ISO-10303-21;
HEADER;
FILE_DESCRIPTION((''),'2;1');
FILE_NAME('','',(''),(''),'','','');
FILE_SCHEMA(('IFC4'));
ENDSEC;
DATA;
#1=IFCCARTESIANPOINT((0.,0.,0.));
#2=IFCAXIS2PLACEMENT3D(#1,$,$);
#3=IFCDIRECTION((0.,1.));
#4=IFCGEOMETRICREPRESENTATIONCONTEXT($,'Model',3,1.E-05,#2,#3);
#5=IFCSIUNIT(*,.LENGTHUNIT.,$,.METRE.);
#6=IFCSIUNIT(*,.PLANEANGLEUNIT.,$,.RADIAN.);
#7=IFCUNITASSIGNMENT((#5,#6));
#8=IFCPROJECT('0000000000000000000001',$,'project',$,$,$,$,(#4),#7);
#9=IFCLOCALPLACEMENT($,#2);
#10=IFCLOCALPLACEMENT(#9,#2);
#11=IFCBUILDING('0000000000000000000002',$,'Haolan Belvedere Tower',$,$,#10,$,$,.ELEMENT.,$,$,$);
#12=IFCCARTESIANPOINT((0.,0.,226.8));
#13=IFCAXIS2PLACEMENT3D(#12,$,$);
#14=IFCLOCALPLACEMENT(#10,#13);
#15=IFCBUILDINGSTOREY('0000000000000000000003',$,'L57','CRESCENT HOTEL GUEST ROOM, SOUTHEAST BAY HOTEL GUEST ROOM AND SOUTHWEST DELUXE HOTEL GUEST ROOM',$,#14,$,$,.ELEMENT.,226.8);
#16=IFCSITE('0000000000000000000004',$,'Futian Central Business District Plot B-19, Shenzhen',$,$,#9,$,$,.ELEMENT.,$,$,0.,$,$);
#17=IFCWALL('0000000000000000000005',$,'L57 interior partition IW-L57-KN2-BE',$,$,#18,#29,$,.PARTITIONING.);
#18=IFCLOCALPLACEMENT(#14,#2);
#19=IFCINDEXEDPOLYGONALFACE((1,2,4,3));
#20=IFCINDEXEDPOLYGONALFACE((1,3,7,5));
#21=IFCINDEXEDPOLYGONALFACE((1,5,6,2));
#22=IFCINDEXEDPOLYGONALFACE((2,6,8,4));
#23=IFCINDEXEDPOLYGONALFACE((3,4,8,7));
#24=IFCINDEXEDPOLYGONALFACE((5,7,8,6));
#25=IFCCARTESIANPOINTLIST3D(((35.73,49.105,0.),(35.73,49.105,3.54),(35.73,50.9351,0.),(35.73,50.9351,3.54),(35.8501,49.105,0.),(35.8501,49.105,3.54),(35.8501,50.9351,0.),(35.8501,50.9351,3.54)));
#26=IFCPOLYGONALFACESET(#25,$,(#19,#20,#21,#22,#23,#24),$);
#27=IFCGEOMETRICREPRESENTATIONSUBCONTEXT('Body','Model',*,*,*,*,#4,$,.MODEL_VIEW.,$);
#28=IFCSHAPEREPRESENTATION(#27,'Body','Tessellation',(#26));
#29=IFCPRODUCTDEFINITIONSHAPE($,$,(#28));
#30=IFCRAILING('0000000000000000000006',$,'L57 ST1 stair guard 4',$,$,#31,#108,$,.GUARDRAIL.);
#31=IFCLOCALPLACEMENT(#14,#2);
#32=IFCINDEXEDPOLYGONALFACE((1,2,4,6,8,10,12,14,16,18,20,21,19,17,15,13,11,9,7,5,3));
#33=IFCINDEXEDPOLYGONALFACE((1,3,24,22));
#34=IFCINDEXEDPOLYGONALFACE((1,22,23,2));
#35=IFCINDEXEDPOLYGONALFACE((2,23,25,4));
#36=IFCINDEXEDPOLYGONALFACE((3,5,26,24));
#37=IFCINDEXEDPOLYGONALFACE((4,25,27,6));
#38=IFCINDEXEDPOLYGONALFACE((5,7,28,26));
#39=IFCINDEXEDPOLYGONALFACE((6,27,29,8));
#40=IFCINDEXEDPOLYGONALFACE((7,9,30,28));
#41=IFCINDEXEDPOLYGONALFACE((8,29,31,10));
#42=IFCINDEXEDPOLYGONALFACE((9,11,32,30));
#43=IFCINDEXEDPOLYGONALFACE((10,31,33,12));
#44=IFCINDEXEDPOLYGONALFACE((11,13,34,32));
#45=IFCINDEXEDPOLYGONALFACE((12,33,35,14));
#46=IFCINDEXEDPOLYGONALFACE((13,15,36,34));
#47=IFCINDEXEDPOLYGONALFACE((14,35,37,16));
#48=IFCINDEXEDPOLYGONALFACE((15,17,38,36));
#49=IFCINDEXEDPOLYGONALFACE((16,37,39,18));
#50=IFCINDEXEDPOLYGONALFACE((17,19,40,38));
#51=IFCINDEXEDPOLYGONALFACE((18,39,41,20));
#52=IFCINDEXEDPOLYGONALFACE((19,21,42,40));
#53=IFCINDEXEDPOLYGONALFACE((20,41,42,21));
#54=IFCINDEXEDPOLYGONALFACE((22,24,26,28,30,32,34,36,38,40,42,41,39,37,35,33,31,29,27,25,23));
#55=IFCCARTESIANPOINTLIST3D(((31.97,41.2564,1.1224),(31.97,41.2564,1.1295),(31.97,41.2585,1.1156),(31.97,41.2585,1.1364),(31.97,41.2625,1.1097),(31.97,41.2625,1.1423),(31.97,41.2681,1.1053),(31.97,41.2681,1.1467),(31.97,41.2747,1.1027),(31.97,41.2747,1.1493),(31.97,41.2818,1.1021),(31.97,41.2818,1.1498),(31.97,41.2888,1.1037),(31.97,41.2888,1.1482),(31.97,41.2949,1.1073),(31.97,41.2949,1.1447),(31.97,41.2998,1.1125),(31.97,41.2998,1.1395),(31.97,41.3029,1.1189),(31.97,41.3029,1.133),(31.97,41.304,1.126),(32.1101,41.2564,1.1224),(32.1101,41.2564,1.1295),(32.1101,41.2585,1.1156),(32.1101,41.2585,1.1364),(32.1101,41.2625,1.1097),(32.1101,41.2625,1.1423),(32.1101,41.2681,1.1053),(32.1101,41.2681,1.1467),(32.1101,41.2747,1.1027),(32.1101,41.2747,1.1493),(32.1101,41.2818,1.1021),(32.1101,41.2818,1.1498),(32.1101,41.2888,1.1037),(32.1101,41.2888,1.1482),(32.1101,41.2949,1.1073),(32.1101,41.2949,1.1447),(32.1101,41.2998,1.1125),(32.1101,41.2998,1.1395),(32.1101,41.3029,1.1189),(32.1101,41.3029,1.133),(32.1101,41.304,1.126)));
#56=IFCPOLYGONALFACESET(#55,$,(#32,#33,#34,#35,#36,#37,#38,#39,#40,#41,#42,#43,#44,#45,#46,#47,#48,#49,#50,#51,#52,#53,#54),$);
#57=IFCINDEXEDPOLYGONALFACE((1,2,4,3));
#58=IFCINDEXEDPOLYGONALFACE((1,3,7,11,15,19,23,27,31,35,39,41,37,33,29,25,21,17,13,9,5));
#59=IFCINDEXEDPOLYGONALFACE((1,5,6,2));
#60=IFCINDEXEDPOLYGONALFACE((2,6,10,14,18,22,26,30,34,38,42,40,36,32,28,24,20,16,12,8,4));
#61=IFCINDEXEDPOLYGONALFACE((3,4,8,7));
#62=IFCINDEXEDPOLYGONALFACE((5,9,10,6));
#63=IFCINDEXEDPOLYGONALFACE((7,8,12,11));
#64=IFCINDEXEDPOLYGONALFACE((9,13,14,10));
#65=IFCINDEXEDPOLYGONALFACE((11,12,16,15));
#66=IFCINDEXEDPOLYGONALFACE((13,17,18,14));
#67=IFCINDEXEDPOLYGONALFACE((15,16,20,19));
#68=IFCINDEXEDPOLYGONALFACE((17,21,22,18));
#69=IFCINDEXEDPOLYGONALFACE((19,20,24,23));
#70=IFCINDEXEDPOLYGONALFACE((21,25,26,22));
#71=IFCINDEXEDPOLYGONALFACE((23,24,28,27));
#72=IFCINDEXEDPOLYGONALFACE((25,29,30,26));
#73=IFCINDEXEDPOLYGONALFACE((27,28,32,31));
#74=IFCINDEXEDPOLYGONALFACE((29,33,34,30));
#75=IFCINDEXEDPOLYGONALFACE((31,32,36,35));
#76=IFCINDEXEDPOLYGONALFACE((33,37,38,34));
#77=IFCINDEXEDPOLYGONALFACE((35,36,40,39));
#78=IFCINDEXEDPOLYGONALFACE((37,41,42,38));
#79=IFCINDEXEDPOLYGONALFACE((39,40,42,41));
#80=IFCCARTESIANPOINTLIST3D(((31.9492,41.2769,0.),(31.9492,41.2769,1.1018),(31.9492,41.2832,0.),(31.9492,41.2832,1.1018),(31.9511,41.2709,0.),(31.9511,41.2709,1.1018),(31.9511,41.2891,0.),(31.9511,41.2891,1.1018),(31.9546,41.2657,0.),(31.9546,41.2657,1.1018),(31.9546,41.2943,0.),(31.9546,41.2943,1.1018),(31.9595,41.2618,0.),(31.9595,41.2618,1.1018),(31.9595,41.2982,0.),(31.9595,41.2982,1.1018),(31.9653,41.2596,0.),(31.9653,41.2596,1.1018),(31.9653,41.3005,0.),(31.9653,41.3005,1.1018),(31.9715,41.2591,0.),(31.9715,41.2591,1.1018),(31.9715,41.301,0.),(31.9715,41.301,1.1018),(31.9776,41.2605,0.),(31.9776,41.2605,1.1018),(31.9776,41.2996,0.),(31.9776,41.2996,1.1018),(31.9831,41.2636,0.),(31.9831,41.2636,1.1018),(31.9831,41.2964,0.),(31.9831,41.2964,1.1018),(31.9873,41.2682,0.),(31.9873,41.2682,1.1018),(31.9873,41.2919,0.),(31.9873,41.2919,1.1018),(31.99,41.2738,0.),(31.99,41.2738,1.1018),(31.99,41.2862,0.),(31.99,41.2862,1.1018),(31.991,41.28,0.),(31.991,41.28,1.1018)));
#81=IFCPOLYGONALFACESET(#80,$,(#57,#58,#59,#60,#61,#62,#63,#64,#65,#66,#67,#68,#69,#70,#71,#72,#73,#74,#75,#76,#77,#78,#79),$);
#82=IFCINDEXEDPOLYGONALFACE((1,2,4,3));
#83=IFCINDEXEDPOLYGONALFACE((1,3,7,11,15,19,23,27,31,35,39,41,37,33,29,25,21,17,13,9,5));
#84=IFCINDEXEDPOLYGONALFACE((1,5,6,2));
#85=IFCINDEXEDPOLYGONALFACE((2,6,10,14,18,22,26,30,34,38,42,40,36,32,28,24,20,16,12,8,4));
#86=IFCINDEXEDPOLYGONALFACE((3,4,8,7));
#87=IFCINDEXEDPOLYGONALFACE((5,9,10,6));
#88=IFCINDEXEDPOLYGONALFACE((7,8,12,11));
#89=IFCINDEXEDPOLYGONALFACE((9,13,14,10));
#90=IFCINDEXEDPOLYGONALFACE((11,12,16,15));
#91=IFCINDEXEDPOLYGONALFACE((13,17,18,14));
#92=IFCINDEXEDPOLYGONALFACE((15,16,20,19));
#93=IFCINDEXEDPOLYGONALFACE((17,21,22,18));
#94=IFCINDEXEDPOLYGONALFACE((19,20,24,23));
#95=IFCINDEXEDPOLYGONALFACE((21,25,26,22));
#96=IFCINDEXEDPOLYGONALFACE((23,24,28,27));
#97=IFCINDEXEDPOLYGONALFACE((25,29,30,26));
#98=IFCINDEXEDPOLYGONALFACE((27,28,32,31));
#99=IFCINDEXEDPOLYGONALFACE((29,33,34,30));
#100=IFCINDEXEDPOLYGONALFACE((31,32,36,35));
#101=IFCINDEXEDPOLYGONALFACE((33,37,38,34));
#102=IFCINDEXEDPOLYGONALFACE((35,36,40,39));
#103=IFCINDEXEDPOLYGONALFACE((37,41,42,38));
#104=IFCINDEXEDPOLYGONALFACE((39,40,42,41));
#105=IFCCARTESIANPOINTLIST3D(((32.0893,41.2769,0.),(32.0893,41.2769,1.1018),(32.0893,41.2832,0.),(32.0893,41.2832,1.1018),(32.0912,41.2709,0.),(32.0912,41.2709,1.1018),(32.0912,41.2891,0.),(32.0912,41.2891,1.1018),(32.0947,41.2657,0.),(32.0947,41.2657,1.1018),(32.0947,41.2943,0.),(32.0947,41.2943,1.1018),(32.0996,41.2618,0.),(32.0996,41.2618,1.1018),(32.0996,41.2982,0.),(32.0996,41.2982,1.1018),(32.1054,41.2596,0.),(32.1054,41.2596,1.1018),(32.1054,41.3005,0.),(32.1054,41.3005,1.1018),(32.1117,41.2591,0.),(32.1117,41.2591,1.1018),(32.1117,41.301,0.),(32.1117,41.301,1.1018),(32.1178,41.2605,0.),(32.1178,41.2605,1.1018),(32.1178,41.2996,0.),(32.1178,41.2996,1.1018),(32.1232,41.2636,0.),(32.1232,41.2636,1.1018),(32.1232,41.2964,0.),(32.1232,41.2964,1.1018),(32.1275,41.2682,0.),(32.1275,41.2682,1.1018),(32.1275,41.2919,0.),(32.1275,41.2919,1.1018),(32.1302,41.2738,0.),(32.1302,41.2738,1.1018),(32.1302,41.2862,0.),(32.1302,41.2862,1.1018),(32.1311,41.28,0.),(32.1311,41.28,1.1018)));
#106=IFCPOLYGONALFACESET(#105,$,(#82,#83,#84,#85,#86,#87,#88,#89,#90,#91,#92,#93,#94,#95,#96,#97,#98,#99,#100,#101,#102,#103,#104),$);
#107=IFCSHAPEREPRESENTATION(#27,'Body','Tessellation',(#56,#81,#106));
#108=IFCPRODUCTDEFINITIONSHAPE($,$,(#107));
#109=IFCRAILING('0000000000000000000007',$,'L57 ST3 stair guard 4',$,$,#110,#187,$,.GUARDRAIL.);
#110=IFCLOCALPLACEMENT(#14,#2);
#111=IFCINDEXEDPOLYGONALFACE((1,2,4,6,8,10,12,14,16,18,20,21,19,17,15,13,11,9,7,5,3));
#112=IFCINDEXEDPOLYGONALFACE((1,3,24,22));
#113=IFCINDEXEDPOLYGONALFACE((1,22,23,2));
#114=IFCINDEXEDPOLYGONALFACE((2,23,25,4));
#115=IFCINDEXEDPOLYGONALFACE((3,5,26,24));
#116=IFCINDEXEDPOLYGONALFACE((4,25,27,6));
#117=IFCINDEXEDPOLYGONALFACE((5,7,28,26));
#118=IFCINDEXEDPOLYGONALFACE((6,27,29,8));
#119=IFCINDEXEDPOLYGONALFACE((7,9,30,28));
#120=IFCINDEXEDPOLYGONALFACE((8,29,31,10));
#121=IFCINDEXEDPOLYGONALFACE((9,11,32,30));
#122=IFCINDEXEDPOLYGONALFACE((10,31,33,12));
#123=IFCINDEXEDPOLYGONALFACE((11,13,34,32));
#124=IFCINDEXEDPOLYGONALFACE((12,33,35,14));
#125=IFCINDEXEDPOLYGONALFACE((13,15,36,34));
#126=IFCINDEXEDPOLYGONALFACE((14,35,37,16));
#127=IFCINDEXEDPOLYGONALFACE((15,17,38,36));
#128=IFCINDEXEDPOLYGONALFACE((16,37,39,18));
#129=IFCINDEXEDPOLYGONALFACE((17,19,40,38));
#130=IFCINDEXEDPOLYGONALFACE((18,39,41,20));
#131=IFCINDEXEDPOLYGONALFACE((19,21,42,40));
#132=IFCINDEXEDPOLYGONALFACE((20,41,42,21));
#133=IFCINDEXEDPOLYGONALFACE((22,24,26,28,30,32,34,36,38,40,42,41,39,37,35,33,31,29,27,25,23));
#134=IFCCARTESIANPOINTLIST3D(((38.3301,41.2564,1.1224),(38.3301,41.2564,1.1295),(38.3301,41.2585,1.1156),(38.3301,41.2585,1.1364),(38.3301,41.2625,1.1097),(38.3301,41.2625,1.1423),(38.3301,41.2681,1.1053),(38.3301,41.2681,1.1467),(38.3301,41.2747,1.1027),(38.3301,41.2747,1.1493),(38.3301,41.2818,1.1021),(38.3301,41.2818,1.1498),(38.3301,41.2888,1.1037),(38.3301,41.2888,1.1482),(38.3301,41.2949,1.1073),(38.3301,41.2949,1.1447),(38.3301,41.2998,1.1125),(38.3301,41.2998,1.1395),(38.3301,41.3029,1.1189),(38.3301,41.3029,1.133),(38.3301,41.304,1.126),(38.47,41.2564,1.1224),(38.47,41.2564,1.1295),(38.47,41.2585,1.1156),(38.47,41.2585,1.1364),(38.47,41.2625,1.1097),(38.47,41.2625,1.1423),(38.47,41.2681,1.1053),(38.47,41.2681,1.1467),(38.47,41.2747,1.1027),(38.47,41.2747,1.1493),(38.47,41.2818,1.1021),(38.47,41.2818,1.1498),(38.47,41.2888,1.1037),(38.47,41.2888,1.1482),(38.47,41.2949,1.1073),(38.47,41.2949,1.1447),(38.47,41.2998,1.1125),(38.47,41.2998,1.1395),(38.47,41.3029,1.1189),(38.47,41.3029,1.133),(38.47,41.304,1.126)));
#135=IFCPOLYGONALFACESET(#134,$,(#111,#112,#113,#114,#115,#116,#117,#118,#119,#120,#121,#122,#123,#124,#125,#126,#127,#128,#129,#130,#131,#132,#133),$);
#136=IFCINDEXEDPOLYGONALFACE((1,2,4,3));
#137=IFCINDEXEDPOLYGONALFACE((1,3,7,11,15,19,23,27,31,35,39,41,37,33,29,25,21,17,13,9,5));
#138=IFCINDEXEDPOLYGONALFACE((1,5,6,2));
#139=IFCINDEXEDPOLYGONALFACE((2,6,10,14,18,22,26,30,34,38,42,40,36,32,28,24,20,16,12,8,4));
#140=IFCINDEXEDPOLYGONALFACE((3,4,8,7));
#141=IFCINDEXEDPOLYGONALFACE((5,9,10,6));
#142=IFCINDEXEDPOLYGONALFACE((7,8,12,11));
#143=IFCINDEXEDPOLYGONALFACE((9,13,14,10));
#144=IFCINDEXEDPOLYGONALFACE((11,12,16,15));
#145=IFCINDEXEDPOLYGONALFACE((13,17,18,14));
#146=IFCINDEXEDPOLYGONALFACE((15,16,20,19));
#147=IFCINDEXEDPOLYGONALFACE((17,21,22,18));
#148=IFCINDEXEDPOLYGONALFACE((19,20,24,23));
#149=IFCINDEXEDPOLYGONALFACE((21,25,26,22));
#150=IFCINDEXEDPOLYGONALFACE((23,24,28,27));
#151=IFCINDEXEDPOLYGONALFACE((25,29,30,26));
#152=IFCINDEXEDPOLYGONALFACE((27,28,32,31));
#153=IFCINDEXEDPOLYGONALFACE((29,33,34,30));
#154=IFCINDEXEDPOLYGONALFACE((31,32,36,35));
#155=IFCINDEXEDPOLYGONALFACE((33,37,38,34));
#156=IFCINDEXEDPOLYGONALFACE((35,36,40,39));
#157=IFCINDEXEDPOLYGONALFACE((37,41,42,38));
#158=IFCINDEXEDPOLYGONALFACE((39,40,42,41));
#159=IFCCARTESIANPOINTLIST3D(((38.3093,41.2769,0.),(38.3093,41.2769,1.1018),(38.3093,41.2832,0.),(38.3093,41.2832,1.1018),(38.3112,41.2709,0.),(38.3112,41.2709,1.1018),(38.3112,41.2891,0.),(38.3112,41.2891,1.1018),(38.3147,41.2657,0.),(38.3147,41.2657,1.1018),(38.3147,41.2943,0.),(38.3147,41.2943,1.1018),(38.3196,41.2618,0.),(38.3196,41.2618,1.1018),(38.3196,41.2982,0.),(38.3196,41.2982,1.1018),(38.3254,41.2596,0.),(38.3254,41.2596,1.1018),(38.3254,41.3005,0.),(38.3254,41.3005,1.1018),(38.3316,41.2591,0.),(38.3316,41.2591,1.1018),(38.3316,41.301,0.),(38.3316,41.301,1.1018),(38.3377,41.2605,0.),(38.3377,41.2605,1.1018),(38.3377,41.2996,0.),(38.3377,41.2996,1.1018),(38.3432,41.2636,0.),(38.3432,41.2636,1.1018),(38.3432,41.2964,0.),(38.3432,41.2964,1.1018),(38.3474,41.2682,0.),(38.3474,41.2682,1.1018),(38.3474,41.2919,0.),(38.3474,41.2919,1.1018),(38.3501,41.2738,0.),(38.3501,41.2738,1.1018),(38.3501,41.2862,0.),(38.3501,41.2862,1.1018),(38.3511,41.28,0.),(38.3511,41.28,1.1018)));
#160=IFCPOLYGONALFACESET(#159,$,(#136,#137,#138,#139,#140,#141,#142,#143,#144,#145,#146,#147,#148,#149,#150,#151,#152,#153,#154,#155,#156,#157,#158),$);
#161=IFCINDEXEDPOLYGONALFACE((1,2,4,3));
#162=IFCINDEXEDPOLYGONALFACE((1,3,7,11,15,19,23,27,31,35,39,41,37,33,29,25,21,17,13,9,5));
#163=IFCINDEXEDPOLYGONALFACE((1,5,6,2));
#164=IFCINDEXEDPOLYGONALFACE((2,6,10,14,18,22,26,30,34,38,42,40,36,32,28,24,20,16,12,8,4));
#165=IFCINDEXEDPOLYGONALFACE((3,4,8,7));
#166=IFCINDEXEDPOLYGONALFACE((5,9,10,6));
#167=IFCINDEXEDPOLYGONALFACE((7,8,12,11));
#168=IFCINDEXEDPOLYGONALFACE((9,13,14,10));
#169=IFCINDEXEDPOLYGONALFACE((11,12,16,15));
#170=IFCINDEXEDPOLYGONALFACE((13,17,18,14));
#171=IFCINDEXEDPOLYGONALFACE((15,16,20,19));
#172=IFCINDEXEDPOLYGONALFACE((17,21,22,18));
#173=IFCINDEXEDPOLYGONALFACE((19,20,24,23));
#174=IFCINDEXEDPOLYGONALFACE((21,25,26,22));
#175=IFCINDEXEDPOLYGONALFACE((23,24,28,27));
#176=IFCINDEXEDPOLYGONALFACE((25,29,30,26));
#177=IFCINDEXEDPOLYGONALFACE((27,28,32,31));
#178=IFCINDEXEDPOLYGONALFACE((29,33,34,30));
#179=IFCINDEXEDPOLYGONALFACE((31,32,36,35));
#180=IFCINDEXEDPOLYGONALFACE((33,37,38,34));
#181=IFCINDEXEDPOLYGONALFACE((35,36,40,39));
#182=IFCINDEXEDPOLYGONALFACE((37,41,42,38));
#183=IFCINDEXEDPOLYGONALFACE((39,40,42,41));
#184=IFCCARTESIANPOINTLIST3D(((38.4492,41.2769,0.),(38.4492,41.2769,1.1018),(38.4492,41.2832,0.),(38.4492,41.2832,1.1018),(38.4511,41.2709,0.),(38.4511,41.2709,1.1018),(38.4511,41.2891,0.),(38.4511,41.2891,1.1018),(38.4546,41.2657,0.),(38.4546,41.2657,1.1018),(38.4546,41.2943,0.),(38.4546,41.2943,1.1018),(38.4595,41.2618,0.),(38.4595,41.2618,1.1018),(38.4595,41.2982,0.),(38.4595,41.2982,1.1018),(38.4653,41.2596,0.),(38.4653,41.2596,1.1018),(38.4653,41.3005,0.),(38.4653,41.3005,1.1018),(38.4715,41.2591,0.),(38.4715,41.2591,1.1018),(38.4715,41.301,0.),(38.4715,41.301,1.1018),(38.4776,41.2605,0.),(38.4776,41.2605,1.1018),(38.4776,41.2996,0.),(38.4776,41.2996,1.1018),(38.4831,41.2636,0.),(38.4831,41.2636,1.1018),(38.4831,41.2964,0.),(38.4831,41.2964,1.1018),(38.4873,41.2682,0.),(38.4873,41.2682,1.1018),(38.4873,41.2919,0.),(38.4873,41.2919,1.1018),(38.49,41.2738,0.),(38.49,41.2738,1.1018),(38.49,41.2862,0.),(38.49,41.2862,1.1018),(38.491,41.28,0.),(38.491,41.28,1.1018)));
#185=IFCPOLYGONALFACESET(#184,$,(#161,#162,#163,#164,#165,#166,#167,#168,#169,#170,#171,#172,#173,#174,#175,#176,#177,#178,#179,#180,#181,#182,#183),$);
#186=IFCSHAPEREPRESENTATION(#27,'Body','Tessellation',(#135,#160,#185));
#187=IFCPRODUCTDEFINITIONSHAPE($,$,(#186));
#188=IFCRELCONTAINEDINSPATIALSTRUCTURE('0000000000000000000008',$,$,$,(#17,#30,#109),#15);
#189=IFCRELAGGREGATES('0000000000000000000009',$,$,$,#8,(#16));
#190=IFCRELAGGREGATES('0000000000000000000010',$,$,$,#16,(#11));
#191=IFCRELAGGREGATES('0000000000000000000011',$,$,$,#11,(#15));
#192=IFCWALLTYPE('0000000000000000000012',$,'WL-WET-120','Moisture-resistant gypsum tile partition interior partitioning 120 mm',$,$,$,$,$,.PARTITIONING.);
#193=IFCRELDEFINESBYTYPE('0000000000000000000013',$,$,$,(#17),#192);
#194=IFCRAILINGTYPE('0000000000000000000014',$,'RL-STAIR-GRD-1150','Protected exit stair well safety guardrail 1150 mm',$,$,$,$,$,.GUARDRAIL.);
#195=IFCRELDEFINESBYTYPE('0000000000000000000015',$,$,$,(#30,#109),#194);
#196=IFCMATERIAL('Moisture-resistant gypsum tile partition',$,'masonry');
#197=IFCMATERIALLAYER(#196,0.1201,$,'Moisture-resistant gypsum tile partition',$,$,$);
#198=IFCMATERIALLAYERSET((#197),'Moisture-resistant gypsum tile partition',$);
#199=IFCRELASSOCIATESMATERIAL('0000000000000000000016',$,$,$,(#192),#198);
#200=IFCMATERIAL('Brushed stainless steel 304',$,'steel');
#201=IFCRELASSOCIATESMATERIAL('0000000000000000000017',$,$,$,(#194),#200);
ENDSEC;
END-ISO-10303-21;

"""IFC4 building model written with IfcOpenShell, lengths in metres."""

from ifc_helpers import new_model, si_unit, direction, frame, frame_2d, origin, origin_2d, place, context, subcontext, project, spatial, rectangle, circle, extrude, material, layer, layer_set, type_object, element, save


model = new_model("IFC4")

# Units and contexts
model_context = context("Model", 3, precision=1e-05, world=origin(), true_north=direction((0.0, 1.0)))
body_context = subcontext(model_context, "Body", "Model", "MODEL_VIEW")
ifc_project = project(units=[si_unit("LENGTHUNIT", "METRE"), si_unit("PLANEANGLEUNIT", "RADIAN")], contexts=[model_context])

# Site, building, storey
site_placement = place(None, origin())
site = spatial("IfcSite", under=ifc_project, at=site_placement, Name="Futian Central Business District Plot B-19, Shenzhen", CompositionType="ELEMENT", RefElevation=0.0)
building_placement = place(site_placement, origin())
building = spatial("IfcBuilding", under=site, at=building_placement, Name="Haolan Belvedere Tower", CompositionType="ELEMENT")
storey_placement = place(building_placement, frame((0.0, 0.0, 226.8)))
storey = spatial("IfcBuildingStorey", under=building, at=storey_placement, Name="L57", Description="CRESCENT HOTEL GUEST ROOM, SOUTHEAST BAY HOTEL GUEST ROOM AND SOUTHWEST DELUXE HOTEL GUEST ROOM", CompositionType="ELEMENT", Elevation=226.8)

# Shared definitions
ifc_material_1 = material(Name="Moisture-resistant gypsum tile partition", Category="masonry")
ifc_layer_1 = layer(ifc_material_1, 0.1201, Name="Moisture-resistant gypsum tile partition")
ifc_layer_set_1 = layer_set([ifc_layer_1], Name="Moisture-resistant gypsum tile partition")
wall_type_1 = type_object("IfcWallType", Name="WL-WET-120", Description="Moisture-resistant gypsum tile partition interior partitioning 120 mm", PredefinedType="PARTITIONING", material=ifc_layer_set_1)

# Wall
for number, where, z_axis, x_axis, name in (
    (1, (35.79, 49.105, 0.0), (0.0, 0.0, 1.0), (0.0, 1.0, 0.0), "L57 interior partition IW-L57-KN2-BE"),
):
    element("IfcWall", number, at=place(storey_placement, frame(where, z_axis=z_axis, x_axis=x_axis)), inside=storey, type_object=wall_type_1, Name=name, PredefinedType="PARTITIONING", context=body_context, shape_type="SweptSolid", body=[
        extrude(rectangle(XDim=1.8301, YDim=0.1201, at=frame_2d((0.915, 0.0))), origin(), (0.0, 0.0, 1.0), 3.54),
    ])

# Railings
ifc_material_2 = material(Name="Brushed stainless steel 304", Category="steel")
railing_type = type_object("IfcRailingType", Name="RL-STAIR-GRD-1150", Description="Protected exit stair well safety guardrail 1150 mm", PredefinedType="GUARDRAIL", material=ifc_material_2)
railing_1_placement = place(storey_placement, frame((31.97, 41.28, 0.0)))
element("IfcRailing", 2, at=railing_1_placement, inside=storey, type_object=railing_type, Name="L57 ST1 stair guard 4", PredefinedType="GUARDRAIL", context=body_context, shape_type="SweptSolid", body=[
    extrude(circle(Radius=0.0239, at=origin_2d()), frame((0.0, 0.0, 1.126), z_axis=(1.0, 0.0, 0.0), x_axis=(0.0, 1.0, 0.0)), (0.0, 0.0, 1.0), 0.1401),
    extrude(circle(Radius=0.021, at=origin_2d()), origin(), (0.0, 0.0, 1.0), 1.1018),
    extrude(circle(Radius=0.021, at=origin_2d()), frame((0.1401, 0.0, 0.0)), (0.0, 0.0, 1.0), 1.1018),
])
railing_2_placement = place(storey_placement, frame((38.3301, 41.28, 0.0)))
element("IfcRailing", 3, at=railing_2_placement, inside=storey, type_object=railing_type, Name="L57 ST3 stair guard 4", PredefinedType="GUARDRAIL", context=body_context, shape_type="SweptSolid", body=[
    extrude(circle(Radius=0.0239, at=origin_2d()), frame((0.0, 0.0, 1.126), z_axis=(1.0, 0.0, 0.0), x_axis=(0.0, 1.0, 0.0)), (0.0, 0.0, 1.0), 0.1399),
    extrude(circle(Radius=0.021, at=origin_2d()), origin(), (0.0, 0.0, 1.0), 1.1018),
    extrude(circle(Radius=0.021, at=origin_2d()), frame((0.1399, 0.0, 0.0)), (0.0, 0.0, 1.0), 1.1018),
])

save(model, "model.ifc")
